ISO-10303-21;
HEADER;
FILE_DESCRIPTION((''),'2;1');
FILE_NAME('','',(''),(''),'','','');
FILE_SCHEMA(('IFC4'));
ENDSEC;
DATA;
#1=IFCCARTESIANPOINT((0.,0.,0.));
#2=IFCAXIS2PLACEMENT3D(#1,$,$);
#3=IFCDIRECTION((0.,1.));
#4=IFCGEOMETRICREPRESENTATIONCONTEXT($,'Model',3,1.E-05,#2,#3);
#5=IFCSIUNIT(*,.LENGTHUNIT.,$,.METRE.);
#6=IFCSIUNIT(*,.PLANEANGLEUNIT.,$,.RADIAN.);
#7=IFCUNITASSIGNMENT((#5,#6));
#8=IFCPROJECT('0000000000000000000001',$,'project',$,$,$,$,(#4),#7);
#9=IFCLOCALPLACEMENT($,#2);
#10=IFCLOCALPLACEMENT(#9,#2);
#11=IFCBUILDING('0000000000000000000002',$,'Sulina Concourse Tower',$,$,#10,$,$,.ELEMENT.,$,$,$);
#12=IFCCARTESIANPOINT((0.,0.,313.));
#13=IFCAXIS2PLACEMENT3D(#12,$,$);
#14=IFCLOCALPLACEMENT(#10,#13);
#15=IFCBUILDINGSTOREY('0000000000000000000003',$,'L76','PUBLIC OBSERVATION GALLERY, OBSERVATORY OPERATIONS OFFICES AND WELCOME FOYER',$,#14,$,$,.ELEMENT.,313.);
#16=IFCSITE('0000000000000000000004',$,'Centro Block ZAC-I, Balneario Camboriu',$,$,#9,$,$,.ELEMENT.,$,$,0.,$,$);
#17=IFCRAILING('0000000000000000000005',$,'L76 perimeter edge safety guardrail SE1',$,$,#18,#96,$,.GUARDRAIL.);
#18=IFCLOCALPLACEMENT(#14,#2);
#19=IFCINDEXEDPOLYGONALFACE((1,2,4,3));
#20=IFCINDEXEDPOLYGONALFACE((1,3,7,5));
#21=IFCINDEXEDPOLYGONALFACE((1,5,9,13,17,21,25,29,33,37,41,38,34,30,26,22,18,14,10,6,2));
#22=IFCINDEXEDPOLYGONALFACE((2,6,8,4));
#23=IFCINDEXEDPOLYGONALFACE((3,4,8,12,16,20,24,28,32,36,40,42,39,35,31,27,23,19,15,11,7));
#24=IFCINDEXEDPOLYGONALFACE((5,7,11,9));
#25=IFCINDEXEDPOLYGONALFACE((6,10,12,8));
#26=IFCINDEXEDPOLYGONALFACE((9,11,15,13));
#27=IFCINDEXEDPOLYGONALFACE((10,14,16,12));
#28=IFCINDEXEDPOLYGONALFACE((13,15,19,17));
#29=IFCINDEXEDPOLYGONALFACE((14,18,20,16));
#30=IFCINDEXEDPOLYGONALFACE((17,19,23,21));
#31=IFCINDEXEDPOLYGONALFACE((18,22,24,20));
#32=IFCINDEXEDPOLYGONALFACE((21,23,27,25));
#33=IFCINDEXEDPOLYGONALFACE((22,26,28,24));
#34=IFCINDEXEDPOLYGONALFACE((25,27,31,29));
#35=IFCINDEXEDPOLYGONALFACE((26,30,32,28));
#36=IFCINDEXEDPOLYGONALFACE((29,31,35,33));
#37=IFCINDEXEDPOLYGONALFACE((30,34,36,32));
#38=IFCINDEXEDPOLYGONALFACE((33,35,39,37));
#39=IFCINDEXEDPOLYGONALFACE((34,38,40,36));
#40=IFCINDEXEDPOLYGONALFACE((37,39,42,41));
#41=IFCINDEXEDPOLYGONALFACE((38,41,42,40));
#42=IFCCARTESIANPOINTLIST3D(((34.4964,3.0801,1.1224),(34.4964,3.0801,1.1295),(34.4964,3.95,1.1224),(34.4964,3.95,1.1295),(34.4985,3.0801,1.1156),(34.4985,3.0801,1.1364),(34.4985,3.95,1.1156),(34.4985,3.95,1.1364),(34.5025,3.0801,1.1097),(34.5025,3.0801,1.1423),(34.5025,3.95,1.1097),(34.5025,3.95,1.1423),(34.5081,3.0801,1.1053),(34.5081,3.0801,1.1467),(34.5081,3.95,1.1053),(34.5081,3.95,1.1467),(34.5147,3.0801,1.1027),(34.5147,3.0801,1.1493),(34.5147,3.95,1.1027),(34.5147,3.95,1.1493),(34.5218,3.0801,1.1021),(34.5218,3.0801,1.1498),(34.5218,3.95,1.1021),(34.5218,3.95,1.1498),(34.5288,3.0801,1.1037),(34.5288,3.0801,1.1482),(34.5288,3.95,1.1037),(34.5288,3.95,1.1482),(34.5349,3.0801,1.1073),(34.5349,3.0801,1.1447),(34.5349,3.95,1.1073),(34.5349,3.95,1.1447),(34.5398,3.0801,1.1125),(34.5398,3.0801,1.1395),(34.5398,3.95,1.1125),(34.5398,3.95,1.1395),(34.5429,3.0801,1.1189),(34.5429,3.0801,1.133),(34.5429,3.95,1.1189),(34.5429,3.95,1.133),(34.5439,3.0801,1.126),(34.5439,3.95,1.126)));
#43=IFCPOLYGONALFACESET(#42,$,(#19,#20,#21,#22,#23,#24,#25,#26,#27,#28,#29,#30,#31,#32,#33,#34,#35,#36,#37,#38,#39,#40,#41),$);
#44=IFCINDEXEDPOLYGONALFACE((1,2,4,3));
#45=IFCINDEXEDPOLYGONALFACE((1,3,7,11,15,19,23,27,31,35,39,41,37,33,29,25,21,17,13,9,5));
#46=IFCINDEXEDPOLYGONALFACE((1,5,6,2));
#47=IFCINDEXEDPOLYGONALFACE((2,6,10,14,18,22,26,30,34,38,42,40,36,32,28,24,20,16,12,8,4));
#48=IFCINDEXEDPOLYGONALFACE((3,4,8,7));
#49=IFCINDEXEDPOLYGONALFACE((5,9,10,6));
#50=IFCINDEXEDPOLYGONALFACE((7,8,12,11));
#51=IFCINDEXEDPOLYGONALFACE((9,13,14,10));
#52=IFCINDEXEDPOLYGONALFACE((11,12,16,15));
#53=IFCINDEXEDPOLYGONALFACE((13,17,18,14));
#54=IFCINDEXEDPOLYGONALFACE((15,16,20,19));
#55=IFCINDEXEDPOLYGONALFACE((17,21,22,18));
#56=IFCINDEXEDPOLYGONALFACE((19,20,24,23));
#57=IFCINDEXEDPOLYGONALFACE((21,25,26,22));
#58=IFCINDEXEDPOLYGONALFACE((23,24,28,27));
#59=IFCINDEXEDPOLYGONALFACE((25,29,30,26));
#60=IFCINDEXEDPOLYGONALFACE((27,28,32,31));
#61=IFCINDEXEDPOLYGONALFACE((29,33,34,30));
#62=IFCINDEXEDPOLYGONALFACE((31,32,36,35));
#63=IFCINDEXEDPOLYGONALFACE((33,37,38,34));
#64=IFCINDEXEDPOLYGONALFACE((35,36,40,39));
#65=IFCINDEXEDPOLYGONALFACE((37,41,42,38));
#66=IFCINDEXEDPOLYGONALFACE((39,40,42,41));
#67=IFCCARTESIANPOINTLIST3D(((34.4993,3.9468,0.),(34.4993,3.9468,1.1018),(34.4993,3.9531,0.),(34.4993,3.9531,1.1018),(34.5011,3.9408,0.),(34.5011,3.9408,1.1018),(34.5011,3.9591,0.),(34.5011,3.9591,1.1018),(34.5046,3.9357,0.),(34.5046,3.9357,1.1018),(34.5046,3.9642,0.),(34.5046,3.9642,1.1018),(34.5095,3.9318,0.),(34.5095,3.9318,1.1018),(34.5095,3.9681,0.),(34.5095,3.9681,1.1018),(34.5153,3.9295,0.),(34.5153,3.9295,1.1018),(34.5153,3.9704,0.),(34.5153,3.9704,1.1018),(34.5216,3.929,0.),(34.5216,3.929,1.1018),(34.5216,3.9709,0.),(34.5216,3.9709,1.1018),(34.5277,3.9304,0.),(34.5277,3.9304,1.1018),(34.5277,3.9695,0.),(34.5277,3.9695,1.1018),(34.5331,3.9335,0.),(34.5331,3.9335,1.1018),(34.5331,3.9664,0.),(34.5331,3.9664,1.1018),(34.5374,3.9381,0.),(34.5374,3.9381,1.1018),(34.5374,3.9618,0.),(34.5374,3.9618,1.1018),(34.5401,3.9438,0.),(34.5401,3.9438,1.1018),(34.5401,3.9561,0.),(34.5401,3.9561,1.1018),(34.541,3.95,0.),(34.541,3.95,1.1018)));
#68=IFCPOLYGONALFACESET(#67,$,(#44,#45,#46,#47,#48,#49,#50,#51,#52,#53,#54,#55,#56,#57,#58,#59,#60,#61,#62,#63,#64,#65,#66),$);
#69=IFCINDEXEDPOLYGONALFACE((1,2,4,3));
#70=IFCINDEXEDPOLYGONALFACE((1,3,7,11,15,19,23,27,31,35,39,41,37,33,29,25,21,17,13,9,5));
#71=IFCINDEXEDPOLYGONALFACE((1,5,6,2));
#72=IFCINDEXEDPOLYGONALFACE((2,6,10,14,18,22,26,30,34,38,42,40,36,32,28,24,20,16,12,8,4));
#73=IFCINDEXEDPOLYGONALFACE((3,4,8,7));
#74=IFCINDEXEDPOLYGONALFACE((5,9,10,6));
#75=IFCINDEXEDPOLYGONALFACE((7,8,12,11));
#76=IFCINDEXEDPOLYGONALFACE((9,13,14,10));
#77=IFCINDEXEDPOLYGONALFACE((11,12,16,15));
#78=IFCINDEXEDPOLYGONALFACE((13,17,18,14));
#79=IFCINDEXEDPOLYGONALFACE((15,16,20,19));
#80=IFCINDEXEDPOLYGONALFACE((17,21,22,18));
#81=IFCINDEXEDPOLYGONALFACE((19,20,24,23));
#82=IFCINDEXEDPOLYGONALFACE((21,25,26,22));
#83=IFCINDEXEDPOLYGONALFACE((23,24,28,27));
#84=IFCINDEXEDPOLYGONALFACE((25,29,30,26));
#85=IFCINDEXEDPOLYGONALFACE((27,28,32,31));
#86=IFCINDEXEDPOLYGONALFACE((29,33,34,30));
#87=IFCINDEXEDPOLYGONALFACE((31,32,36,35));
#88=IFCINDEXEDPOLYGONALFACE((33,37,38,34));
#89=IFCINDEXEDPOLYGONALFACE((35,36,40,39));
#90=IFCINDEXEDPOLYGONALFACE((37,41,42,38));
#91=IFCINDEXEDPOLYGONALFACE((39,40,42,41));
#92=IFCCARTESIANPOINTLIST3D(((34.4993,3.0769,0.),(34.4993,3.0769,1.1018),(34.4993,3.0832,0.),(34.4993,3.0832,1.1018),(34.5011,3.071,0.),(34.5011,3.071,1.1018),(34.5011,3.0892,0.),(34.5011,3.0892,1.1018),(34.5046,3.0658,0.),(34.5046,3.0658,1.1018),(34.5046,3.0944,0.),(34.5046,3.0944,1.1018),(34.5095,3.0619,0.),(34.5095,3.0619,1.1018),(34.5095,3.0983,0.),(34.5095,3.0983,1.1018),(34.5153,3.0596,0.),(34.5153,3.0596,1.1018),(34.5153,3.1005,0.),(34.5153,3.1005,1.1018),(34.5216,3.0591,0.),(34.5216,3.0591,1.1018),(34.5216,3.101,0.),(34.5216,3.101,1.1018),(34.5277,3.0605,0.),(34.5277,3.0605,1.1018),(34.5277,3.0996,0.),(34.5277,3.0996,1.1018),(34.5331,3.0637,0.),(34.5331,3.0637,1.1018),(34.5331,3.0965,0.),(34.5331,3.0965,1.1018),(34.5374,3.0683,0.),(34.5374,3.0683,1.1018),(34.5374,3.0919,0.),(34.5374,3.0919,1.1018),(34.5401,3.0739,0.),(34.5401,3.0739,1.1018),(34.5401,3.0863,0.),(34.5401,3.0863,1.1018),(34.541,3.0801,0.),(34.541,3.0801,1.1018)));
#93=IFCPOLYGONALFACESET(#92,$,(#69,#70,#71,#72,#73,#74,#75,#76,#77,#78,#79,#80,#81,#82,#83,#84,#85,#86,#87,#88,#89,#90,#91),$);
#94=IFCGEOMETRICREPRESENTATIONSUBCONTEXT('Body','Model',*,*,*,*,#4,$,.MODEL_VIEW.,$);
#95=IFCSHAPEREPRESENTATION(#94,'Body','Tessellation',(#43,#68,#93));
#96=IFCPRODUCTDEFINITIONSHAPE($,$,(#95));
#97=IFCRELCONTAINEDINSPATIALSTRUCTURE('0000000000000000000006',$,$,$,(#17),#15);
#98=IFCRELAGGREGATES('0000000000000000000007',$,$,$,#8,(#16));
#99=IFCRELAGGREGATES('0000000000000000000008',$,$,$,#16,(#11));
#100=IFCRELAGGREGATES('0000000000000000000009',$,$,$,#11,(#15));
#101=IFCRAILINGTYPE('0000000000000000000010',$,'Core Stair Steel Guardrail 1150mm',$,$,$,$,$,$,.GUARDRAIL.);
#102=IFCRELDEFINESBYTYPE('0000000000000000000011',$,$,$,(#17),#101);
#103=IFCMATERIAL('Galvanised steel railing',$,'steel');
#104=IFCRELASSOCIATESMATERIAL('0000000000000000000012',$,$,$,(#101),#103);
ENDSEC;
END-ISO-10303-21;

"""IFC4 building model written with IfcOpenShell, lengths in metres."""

from ifc_helpers import new_model, si_unit, direction, frame, origin, origin_2d, place, context, subcontext, project, spatial, circle, extrude, material, type_object, element, save


model = new_model("IFC4")

# Units and contexts
model_context = context("Model", 3, precision=1e-05, world=origin(), true_north=direction((0.0, 1.0)))
body_context = subcontext(model_context, "Body", "Model", "MODEL_VIEW")
ifc_project = project(units=[si_unit("LENGTHUNIT", "METRE"), si_unit("PLANEANGLEUNIT", "RADIAN")], contexts=[model_context])

# Site, building, storey
site_placement = place(None, origin())
site = spatial("IfcSite", under=ifc_project, at=site_placement, Name="Centro Block ZAC-I, Balneario Camboriu", CompositionType="ELEMENT", RefElevation=0.0)
building_placement = place(site_placement, origin())
building = spatial("IfcBuilding", under=site, at=building_placement, Name="Sulina Concourse Tower", CompositionType="ELEMENT")
storey_placement = place(building_placement, frame((0.0, 0.0, 313.0)))
storey = spatial("IfcBuildingStorey", under=building, at=storey_placement, Name="L76", Description="PUBLIC OBSERVATION GALLERY, OBSERVATORY OPERATIONS OFFICES AND WELCOME FOYER", CompositionType="ELEMENT", Elevation=313.0)

# Railing
ifc_material_1 = material(Name="Galvanised steel railing", Category="steel")
railing_type = type_object("IfcRailingType", Name="Core Stair Steel Guardrail 1150mm", PredefinedType="GUARDRAIL", material=ifc_material_1)
railing_1_placement = place(storey_placement, frame((34.52, 3.95, 0.0)))
element("IfcRailing", 1, at=railing_1_placement, inside=storey, type_object=railing_type, Name="L76 perimeter edge safety guardrail SE1", PredefinedType="GUARDRAIL", context=body_context, shape_type="SweptSolid", body=[
    extrude(circle(Radius=0.0239, at=origin_2d()), frame((0.0, 0.0, 1.126), z_axis=(0.0, -1.0, 0.0), x_axis=(1.0, 0.0, 0.0)), (0.0, 0.0, 1.0), 0.8699),
    extrude(circle(Radius=0.021, at=origin_2d()), origin(), (0.0, 0.0, 1.0), 1.1018),
    extrude(circle(Radius=0.021, at=origin_2d()), frame((0.0, -0.8699, 0.0)), (0.0, 0.0, 1.0), 1.1018),
])

save(model, "model.ifc")
